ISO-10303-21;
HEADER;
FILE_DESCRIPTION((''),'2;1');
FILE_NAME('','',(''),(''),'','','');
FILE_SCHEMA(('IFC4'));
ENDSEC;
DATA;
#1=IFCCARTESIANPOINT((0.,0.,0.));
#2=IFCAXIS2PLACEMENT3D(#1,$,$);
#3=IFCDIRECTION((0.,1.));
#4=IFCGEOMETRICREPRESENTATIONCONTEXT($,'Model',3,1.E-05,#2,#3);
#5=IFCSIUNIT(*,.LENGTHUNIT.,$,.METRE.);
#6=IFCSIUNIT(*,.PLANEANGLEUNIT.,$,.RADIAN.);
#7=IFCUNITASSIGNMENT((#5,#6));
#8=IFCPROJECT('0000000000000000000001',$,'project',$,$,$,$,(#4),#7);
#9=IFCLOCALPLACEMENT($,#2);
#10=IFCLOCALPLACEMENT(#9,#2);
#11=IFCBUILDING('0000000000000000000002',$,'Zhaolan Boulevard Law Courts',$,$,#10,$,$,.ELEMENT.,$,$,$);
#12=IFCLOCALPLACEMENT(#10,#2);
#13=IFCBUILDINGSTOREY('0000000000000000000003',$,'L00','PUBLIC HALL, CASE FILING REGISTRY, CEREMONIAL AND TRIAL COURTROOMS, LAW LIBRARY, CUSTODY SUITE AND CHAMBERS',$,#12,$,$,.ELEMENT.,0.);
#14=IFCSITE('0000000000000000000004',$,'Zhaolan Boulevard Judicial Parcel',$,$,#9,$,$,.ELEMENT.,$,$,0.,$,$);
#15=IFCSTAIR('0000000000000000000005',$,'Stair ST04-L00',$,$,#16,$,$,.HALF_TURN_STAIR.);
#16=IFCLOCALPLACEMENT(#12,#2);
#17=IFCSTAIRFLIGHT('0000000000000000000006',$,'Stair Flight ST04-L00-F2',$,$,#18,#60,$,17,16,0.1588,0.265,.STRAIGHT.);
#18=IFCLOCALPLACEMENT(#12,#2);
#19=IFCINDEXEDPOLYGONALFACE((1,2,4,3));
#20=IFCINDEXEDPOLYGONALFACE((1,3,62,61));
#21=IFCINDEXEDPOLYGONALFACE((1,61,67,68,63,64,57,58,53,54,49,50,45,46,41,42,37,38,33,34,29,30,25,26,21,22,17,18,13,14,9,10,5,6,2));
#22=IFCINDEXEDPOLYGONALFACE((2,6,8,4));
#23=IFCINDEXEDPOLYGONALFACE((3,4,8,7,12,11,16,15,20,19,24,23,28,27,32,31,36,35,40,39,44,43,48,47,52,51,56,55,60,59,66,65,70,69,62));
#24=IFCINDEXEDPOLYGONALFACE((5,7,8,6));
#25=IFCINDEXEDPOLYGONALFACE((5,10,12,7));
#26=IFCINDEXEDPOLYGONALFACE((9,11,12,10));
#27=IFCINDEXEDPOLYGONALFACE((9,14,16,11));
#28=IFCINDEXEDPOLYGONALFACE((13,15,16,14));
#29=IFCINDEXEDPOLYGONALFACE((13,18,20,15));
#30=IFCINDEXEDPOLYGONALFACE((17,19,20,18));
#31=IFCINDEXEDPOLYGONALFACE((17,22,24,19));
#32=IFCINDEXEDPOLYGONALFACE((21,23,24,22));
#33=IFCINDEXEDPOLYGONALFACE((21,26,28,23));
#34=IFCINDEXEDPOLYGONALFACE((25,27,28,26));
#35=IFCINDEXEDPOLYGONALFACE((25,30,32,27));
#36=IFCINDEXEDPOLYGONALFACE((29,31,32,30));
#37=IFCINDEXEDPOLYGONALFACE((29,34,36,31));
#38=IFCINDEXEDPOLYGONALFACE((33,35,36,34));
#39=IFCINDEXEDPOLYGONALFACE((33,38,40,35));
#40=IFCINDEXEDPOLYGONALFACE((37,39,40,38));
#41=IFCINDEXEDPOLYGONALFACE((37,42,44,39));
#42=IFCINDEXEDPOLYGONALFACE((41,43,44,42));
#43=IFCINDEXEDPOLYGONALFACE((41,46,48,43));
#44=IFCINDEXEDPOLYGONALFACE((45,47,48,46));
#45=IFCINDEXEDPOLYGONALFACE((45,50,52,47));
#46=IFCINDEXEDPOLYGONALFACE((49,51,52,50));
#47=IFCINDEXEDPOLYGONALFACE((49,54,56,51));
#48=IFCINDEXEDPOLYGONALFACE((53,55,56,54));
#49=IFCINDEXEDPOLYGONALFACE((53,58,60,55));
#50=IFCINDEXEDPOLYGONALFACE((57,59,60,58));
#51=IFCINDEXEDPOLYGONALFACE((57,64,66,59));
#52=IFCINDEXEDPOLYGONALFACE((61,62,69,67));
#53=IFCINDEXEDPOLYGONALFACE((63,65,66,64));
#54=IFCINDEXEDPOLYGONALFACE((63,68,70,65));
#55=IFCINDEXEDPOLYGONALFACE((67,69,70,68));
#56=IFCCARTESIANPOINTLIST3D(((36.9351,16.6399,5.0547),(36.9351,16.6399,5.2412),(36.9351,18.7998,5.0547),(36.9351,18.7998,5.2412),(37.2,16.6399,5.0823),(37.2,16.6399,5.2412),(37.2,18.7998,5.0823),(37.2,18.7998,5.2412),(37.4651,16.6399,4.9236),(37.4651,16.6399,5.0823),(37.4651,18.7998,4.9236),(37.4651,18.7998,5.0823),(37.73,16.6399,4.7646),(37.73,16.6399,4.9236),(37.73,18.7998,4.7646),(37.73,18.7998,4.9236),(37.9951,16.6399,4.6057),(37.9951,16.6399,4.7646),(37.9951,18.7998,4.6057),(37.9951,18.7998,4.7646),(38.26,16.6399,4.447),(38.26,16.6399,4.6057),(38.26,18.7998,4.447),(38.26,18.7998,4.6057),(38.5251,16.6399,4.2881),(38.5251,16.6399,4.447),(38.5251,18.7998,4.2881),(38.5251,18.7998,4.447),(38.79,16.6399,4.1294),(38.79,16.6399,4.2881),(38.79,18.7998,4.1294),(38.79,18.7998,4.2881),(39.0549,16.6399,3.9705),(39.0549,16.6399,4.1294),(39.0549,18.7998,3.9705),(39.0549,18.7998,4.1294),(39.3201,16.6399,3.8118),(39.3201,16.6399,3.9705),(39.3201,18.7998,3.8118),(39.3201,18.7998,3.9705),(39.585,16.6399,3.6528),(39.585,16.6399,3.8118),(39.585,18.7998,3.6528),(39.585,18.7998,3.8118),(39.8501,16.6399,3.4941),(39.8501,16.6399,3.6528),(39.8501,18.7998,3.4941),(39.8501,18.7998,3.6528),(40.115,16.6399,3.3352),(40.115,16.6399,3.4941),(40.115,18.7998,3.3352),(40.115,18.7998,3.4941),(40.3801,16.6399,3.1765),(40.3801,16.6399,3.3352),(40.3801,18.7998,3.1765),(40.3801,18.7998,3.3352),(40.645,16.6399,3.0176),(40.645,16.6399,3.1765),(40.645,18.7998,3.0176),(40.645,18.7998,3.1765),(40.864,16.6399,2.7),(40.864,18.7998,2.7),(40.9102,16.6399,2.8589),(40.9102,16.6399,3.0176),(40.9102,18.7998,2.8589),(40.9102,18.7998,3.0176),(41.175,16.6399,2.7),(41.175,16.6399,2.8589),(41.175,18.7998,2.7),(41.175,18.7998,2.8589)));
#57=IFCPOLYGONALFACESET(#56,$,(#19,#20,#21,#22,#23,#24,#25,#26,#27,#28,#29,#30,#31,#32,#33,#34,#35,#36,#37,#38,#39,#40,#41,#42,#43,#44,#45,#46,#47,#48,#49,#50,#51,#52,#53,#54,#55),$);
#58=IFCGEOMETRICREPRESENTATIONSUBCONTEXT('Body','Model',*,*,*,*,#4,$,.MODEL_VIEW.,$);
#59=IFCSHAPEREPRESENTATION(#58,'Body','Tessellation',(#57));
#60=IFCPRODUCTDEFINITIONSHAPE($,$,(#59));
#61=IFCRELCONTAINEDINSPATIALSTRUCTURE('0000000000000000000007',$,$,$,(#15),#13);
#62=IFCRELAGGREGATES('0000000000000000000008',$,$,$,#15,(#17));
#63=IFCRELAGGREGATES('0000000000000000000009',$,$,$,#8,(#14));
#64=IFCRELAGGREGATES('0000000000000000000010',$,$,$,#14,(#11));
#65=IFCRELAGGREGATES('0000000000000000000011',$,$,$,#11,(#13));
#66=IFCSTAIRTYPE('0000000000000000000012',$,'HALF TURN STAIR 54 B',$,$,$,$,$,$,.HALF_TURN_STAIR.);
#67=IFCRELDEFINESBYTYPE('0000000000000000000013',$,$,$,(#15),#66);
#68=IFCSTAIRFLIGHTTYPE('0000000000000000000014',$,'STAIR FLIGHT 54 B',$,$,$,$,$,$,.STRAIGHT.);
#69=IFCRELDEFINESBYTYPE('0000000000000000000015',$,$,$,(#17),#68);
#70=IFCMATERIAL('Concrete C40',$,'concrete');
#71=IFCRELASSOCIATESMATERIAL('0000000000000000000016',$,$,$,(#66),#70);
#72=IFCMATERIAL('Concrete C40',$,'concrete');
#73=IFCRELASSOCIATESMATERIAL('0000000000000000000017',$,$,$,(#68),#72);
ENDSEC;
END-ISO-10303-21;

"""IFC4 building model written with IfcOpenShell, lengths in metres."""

from ifc_helpers import new_model, si_unit, direction, frame, origin, place, context, subcontext, project, spatial, polyline, outline, extrude, material, type_object, element, aggregate, save


model = new_model("IFC4")

# Units and contexts
model_context = context("Model", 3, precision=1e-05, world=origin(), true_north=direction((0.0, 1.0)))
body_context = subcontext(model_context, "Body", "Model", "MODEL_VIEW")
ifc_project = project(units=[si_unit("LENGTHUNIT", "METRE"), si_unit("PLANEANGLEUNIT", "RADIAN")], contexts=[model_context])

# Site, building, storey
site_placement = place(None, origin())
site = spatial("IfcSite", under=ifc_project, at=site_placement, Name="Zhaolan Boulevard Judicial Parcel", CompositionType="ELEMENT", RefElevation=0.0)
building_placement = place(site_placement, origin())
building = spatial("IfcBuilding", under=site, at=building_placement, Name="Zhaolan Boulevard Law Courts", CompositionType="ELEMENT")
storey_placement = place(building_placement, origin())
storey = spatial("IfcBuildingStorey", under=building, at=storey_placement, Name="L00", Description="PUBLIC HALL, CASE FILING REGISTRY, CEREMONIAL AND TRIAL COURTROOMS, LAW LIBRARY, CUSTODY SUITE AND CHAMBERS", CompositionType="ELEMENT", Elevation=0.0)

# Stair, stair flight
ifc_material_1 = material(Name="Concrete C40", Category="concrete")
stair_type = type_object("IfcStairType", Name="HALF TURN STAIR 54 B", PredefinedType="HALF_TURN_STAIR", material=ifc_material_1)
stair_placement = place(storey_placement, origin())
stair = element("IfcStair", 1, at=stair_placement, inside=storey, type_object=stair_type, Name="Stair ST04-L00", PredefinedType="HALF_TURN_STAIR")
ifc_material_2 = material(Name="Concrete C40", Category="concrete")
stair_flight_type = type_object("IfcStairFlightType", Name="STAIR FLIGHT 54 B", PredefinedType="STRAIGHT", material=ifc_material_2)
stair_flight_placement = place(storey_placement, frame((41.175, 17.72, 2.7), z_axis=(0.0, 0.0, 1.0), x_axis=(-1.0, 0.0, 0.0)))
stair_flight = element("IfcStairFlight", 2, at=stair_flight_placement, type_object=stair_flight_type, Name="Stair Flight ST04-L00-F2", NumberOfRisers=17, NumberOfTreads=16, PredefinedType="STRAIGHT", RiserHeight=0.1588, TreadLength=0.265, context=body_context, shape_type="SweptSolid", body=[
    extrude(outline(polyline([(0.0, 0.0), (0.0, 0.1589), (0.2649, 0.1589), (0.2649, 0.3176), (0.53, 0.3176), (0.53, 0.4766), (0.7949, 0.4766), (0.7949, 0.6353), (1.0601, 0.6353), (1.0601, 0.7942), (1.325, 0.7942), (1.325, 0.9529), (1.5901, 0.9529), (1.5901, 1.1118), (1.855, 1.1118), (1.855, 1.2705), (2.1201, 1.2705), (2.1201, 1.4294), (2.385, 1.4294), (2.385, 1.5881), (2.6499, 1.5881), (2.6499, 1.7471), (2.915, 1.7471), (2.915, 1.9058), (3.1799, 1.9058), (3.1799, 2.0647), (3.4451, 2.0647), (3.4451, 2.2236), (3.71, 2.2236), (3.71, 2.3823), (3.9751, 2.3823), (3.9751, 2.5413), (4.24, 2.5413), (4.24, 2.7), (4.24, 2.3547), (0.311, 0.0), (0.0, 0.0)])), frame((0.0, 1.0801, 0.0), z_axis=(0.0, -1.0, 0.0), x_axis=(1.0, 0.0, 0.0)), (0.0, 0.0, 1.0), 2.1599),
])
aggregate(stair, [stair_flight])

save(model, "model.ifc")
